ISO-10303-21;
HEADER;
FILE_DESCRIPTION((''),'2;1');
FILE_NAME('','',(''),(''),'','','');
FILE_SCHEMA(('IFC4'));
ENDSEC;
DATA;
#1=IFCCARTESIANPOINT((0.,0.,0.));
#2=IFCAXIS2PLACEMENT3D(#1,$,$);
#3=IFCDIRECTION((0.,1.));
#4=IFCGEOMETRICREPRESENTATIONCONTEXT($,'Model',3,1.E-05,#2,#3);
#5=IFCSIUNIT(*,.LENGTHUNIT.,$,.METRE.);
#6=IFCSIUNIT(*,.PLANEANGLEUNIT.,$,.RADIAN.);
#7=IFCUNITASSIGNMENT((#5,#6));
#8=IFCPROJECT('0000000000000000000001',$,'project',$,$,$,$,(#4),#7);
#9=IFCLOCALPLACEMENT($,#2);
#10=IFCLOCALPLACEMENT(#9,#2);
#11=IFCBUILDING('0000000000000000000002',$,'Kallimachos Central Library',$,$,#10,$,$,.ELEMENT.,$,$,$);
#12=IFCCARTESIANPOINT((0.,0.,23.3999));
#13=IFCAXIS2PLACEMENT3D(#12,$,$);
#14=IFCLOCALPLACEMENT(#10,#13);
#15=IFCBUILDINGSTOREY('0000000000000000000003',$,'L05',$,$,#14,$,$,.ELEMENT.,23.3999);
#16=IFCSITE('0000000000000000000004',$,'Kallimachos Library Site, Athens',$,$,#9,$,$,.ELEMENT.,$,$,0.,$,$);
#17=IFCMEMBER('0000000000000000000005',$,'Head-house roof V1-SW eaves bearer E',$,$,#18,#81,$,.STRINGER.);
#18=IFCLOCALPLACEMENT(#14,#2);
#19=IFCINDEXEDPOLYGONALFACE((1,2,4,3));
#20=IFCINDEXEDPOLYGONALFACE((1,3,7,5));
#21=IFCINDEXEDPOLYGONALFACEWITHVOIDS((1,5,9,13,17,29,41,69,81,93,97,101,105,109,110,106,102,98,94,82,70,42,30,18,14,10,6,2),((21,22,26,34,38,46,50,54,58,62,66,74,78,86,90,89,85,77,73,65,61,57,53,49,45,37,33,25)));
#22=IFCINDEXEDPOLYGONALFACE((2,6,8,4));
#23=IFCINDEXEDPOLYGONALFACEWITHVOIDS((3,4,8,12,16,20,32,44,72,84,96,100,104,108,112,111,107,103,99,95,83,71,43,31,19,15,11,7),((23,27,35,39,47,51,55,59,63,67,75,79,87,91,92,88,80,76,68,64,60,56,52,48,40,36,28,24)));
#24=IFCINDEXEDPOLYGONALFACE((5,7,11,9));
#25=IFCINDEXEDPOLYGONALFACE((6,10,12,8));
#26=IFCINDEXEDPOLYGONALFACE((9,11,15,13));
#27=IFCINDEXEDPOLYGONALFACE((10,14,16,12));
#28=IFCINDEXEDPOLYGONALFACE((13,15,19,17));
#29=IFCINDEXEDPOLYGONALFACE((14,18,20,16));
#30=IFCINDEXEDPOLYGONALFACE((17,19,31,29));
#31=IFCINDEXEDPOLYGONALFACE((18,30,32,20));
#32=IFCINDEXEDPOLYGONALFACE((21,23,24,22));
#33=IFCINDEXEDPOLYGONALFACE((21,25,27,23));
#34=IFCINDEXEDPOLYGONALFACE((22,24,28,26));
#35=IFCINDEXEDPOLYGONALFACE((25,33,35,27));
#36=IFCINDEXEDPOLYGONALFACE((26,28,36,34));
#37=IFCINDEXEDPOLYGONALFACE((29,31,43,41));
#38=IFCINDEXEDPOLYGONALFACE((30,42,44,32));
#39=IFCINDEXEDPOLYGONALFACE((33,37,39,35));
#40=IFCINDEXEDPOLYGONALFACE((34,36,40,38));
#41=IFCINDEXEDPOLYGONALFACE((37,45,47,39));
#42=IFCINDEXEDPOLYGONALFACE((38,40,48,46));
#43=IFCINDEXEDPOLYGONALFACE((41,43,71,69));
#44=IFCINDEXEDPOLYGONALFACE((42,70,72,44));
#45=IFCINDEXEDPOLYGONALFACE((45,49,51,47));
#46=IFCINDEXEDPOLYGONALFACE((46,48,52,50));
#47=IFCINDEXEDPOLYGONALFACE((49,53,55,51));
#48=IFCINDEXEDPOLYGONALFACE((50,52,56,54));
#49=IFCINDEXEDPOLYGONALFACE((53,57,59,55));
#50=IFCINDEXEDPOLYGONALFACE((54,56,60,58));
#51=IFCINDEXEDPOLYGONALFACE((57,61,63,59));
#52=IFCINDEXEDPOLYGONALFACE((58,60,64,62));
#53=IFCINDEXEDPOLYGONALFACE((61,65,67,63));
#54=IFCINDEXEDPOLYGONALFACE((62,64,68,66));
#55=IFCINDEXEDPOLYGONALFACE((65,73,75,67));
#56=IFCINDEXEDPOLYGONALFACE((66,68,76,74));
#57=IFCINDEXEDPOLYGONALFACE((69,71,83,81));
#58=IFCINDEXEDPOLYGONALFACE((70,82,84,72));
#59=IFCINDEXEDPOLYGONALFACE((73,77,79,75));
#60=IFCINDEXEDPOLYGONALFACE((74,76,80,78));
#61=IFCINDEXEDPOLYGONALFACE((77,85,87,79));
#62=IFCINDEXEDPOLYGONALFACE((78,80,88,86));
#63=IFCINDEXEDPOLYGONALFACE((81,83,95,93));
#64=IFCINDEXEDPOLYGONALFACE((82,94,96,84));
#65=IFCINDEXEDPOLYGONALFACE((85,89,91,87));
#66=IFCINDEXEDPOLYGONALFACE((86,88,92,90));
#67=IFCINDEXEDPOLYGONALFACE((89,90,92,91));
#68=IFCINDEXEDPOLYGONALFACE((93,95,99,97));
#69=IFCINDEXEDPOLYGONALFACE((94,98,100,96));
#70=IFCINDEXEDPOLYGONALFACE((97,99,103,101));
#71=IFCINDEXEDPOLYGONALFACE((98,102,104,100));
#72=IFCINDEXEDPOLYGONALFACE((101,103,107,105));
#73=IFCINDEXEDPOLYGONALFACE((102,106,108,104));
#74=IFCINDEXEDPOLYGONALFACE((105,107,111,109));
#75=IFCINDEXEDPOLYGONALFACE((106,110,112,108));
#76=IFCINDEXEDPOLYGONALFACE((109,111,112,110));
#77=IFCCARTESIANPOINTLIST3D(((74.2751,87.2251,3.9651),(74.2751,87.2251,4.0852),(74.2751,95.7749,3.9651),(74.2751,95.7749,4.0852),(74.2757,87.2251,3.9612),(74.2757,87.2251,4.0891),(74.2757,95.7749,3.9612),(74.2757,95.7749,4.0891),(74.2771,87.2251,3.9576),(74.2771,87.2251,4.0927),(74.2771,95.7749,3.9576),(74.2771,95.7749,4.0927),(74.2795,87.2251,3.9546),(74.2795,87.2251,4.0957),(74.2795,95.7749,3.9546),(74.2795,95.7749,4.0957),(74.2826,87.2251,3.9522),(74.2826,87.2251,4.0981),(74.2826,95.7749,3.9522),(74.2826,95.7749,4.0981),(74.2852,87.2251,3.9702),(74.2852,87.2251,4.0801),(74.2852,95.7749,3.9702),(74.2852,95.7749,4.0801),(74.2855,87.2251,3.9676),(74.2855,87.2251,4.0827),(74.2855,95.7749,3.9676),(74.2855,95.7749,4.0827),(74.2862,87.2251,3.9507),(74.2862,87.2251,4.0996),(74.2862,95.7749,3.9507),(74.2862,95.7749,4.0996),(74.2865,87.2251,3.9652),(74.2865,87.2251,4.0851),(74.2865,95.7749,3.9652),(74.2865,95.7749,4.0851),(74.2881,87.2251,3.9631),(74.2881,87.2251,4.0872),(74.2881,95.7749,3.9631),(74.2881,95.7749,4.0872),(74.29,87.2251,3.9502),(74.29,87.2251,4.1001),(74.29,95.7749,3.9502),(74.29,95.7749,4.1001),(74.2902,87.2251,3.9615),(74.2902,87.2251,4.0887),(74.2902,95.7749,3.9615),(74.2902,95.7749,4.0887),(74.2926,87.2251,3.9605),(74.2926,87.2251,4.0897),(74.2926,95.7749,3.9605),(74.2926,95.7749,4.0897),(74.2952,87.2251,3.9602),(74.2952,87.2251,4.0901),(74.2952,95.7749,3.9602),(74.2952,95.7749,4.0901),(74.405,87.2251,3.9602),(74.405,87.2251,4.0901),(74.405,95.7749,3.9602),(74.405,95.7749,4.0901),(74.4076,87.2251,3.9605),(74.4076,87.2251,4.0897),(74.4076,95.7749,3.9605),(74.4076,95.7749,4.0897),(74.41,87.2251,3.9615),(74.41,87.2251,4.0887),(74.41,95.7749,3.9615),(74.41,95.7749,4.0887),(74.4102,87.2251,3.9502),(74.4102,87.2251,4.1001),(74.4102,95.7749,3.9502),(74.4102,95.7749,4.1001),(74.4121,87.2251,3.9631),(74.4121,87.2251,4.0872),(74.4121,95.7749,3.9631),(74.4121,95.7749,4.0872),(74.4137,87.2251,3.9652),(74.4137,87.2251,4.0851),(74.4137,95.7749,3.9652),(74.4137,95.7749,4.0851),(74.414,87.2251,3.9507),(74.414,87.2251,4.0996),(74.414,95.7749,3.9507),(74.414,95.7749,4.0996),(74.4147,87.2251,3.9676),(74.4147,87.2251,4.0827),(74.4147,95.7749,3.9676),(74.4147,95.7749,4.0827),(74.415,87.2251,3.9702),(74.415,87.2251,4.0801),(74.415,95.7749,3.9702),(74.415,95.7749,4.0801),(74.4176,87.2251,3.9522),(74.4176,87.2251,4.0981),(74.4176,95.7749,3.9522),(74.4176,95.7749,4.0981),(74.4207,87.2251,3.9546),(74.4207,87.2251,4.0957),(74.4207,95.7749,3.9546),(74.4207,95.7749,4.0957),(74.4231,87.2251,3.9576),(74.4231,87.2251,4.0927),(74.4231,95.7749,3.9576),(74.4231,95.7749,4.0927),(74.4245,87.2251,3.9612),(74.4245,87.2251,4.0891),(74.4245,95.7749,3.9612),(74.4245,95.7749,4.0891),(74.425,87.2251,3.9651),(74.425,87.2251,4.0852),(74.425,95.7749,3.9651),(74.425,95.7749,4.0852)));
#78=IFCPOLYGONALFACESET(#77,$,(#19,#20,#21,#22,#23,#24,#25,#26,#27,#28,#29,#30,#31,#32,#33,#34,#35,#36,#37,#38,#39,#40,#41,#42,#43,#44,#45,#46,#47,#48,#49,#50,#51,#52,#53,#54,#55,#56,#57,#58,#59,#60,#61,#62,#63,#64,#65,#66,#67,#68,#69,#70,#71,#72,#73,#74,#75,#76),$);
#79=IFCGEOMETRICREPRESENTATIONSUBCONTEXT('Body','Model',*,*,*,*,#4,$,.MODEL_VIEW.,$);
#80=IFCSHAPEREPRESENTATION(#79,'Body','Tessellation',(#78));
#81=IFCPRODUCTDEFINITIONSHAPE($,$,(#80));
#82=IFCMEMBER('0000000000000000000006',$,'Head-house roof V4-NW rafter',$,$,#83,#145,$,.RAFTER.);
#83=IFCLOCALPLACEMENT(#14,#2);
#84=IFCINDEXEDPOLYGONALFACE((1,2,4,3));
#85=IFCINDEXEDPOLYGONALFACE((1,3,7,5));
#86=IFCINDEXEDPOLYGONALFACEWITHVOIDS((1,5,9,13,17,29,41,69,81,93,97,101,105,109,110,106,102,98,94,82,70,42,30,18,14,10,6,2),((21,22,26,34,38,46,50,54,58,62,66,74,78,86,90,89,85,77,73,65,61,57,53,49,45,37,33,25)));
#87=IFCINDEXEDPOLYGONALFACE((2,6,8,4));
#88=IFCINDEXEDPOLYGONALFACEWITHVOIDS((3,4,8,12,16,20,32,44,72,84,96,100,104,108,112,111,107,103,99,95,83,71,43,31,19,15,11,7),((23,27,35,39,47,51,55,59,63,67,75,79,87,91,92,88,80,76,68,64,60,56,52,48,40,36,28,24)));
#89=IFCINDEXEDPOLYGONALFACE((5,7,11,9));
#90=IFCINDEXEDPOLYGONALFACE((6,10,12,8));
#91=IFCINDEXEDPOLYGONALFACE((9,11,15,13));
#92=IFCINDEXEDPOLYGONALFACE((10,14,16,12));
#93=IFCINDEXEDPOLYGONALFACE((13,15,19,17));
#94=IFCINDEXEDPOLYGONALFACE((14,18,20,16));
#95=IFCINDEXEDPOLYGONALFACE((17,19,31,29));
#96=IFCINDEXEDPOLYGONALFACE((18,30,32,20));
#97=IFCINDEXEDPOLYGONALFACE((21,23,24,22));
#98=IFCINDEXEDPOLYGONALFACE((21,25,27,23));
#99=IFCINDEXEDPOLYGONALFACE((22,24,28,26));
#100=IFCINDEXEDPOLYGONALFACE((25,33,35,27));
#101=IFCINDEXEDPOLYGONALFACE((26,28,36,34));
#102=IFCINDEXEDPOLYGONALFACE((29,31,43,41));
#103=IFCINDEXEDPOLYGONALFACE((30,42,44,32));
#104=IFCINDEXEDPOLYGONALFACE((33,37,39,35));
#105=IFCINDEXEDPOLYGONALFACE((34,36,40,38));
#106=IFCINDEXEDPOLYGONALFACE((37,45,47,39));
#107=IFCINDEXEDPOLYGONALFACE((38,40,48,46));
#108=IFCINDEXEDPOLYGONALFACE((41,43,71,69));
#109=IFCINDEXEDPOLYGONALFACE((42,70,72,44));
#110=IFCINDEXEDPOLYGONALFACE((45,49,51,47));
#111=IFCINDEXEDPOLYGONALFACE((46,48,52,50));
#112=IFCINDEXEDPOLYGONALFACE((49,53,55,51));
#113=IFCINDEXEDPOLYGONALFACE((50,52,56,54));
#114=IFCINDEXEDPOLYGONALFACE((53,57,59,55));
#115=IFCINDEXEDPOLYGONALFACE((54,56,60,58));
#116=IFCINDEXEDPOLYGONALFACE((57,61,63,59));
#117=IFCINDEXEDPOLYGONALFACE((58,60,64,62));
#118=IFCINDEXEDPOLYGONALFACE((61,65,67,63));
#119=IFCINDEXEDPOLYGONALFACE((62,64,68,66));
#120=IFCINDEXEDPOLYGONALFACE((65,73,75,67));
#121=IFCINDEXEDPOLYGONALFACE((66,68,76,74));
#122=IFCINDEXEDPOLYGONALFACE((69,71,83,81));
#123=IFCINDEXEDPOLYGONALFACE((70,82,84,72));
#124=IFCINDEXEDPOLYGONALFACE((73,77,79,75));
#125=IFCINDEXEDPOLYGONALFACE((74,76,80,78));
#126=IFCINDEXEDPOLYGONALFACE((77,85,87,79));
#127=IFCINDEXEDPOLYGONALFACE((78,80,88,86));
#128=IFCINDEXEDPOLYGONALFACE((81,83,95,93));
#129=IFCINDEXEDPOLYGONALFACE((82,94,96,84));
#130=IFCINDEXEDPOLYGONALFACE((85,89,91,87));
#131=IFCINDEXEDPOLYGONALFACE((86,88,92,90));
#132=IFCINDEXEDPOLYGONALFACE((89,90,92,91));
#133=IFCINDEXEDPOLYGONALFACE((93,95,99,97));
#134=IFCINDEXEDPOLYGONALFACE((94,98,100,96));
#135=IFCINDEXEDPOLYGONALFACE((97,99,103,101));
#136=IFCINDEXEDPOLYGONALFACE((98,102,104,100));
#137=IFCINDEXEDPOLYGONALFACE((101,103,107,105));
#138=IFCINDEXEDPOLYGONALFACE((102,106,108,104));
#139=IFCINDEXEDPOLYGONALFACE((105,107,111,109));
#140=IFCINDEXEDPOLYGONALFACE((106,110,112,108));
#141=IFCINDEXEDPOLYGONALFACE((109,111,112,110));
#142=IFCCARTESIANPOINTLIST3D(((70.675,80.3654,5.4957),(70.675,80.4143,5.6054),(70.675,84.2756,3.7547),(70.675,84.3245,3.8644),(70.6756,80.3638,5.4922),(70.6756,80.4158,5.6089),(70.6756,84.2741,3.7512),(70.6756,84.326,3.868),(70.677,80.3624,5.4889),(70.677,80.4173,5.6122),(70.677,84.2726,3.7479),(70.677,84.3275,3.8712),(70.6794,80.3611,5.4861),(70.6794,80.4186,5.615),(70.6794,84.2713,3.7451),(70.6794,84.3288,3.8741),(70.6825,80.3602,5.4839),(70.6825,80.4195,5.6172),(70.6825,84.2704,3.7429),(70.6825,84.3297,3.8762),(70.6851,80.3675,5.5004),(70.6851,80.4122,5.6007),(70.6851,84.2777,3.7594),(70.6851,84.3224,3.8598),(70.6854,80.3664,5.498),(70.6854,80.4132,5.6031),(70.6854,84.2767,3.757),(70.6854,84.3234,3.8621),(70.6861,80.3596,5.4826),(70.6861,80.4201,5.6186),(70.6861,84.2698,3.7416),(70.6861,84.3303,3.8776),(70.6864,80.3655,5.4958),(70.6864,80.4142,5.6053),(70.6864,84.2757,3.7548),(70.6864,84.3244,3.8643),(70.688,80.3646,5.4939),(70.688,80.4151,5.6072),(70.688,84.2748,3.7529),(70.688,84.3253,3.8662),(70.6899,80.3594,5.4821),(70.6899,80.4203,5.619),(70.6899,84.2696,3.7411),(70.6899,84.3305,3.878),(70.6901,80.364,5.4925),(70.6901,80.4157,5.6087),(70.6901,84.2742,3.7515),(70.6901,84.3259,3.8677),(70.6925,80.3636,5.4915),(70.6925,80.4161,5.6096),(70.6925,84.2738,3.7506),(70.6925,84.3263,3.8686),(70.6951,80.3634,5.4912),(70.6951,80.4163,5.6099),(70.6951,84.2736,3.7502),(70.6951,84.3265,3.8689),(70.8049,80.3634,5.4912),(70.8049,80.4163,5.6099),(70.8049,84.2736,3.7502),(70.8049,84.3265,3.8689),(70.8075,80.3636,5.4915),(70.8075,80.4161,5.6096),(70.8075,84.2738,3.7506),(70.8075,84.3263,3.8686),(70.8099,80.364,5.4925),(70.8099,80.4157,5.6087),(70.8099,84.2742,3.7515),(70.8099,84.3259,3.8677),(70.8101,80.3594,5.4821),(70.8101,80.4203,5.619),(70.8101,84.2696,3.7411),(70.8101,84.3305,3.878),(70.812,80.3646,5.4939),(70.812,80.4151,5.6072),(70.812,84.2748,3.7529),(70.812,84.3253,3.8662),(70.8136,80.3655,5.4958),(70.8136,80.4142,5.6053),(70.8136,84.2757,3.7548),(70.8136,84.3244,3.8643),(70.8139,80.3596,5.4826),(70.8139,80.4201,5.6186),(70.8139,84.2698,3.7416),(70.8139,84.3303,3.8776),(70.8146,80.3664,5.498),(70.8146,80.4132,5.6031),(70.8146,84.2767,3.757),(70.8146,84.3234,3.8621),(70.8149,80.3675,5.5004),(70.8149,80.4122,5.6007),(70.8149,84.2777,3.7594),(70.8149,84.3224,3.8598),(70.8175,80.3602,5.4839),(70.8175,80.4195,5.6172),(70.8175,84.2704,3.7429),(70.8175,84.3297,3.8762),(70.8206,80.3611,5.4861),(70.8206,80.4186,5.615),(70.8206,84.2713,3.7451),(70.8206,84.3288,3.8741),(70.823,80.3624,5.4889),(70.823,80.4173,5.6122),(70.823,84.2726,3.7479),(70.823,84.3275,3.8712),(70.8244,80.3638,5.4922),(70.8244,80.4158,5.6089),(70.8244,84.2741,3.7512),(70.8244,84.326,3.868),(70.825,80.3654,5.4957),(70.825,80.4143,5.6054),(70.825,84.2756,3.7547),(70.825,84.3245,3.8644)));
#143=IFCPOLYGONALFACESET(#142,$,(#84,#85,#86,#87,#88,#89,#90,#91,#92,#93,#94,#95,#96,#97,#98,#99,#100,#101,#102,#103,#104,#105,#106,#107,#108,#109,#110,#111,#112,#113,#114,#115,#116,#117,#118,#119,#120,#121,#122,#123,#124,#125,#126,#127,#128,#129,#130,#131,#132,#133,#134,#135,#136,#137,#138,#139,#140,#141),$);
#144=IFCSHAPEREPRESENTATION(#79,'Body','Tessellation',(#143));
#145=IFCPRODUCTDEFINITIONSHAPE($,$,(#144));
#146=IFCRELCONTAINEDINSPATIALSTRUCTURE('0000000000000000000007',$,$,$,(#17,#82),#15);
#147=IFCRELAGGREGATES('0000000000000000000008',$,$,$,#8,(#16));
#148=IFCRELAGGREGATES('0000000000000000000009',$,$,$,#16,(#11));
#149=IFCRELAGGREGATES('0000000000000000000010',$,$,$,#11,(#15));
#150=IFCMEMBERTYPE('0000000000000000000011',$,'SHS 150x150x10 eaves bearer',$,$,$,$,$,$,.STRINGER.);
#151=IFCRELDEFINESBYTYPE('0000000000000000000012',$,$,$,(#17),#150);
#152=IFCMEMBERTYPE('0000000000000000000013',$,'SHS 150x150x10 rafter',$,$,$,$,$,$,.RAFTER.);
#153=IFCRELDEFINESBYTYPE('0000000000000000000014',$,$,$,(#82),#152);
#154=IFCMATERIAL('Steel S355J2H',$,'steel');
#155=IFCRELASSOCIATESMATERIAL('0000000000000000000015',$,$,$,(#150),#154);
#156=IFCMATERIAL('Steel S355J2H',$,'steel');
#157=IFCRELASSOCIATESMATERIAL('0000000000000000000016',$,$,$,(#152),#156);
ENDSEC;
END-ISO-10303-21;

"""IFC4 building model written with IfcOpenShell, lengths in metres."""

from ifc_helpers import new_model, si_unit, direction, frame, origin, origin_2d, place, context, subcontext, project, spatial, hollow_rectangle, extrude, material, material_profile, profile_set, type_object, element, save


model = new_model("IFC4")

# Units and contexts
model_context = context("Model", 3, precision=1e-05, world=origin(), true_north=direction((0.0, 1.0)))
body_context = subcontext(model_context, "Body", "Model", "MODEL_VIEW")
ifc_project = project(units=[si_unit("LENGTHUNIT", "METRE"), si_unit("PLANEANGLEUNIT", "RADIAN")], contexts=[model_context])

# Site, building, storey
site_placement = place(None, origin())
site = spatial("IfcSite", under=ifc_project, at=site_placement, Name="Kallimachos Library Site, Athens", CompositionType="ELEMENT", RefElevation=0.0)
building_placement = place(site_placement, origin())
building = spatial("IfcBuilding", under=site, at=building_placement, Name="Kallimachos Central Library", CompositionType="ELEMENT")
storey_placement = place(building_placement, frame((0.0, 0.0, 23.3999)))
storey = spatial("IfcBuildingStorey", under=building, at=storey_placement, Name="L05", CompositionType="ELEMENT", Elevation=23.3999)

# Members
ifc_material_1 = material(Name="Steel S355J2H", Category="steel")
ifc_material_profile_1 = material_profile(ifc_material_1, hollow_rectangle(XDim=0.1499, YDim=0.1499, WallThickness=0.01, InnerFilletRadius=0.01, OuterFilletRadius=0.0149, at=origin_2d()), Name="SHS 150x150x10")
ifc_profile_set_1 = profile_set([ifc_material_profile_1], Name="Steel S355J2H")
member_type_1 = type_object("IfcMemberType", Name="SHS 150x150x10 eaves bearer", PredefinedType="STRINGER", material=ifc_profile_set_1)
member_1_placement = place(storey_placement, frame((74.3501, 87.2251, 4.0251), z_axis=(0.0, 1.0, 0.0), x_axis=(-1.0, 0.0, 0.0)))
element("IfcMember", 1, at=member_1_placement, inside=storey, type_object=member_type_1, Name="Head-house roof V1-SW eaves bearer E", PredefinedType="STRINGER", context=body_context, shape_type="SweptSolid", body=[
    extrude(hollow_rectangle(XDim=0.1499, YDim=0.1499, WallThickness=0.01, InnerFilletRadius=0.01, OuterFilletRadius=0.0149, at=origin_2d()), origin(), (0.0, 0.0, 1.0), 8.5498),
])
ifc_material_2 = material(Name="Steel S355J2H", Category="steel")
ifc_material_profile_2 = material_profile(ifc_material_2, hollow_rectangle(XDim=0.1499, YDim=0.1499, WallThickness=0.01, InnerFilletRadius=0.01, OuterFilletRadius=0.0149, at=origin_2d()), Name="SHS 150x150x10")
ifc_profile_set_2 = profile_set([ifc_material_profile_2], Name="Steel S355J2H")
member_type_2 = type_object("IfcMemberType", Name="SHS 150x150x10 rafter", PredefinedType="RAFTER", material=ifc_profile_set_2)
member_2_placement = place(storey_placement, frame((70.75, 84.3, 3.8096), z_axis=(0.0, -0.913541, 0.406747), x_axis=(1.0, 0.0, 0.0)))
element("IfcMember", 2, at=member_2_placement, inside=storey, type_object=member_type_2, Name="Head-house roof V4-NW rafter", PredefinedType="RAFTER", context=body_context, shape_type="SweptSolid", body=[
    extrude(hollow_rectangle(XDim=0.1499, YDim=0.1499, WallThickness=0.01, InnerFilletRadius=0.01, OuterFilletRadius=0.0149, at=origin_2d()), origin(), (0.0, 0.0, 1.0), 4.2803),
])

save(model, "model.ifc")
